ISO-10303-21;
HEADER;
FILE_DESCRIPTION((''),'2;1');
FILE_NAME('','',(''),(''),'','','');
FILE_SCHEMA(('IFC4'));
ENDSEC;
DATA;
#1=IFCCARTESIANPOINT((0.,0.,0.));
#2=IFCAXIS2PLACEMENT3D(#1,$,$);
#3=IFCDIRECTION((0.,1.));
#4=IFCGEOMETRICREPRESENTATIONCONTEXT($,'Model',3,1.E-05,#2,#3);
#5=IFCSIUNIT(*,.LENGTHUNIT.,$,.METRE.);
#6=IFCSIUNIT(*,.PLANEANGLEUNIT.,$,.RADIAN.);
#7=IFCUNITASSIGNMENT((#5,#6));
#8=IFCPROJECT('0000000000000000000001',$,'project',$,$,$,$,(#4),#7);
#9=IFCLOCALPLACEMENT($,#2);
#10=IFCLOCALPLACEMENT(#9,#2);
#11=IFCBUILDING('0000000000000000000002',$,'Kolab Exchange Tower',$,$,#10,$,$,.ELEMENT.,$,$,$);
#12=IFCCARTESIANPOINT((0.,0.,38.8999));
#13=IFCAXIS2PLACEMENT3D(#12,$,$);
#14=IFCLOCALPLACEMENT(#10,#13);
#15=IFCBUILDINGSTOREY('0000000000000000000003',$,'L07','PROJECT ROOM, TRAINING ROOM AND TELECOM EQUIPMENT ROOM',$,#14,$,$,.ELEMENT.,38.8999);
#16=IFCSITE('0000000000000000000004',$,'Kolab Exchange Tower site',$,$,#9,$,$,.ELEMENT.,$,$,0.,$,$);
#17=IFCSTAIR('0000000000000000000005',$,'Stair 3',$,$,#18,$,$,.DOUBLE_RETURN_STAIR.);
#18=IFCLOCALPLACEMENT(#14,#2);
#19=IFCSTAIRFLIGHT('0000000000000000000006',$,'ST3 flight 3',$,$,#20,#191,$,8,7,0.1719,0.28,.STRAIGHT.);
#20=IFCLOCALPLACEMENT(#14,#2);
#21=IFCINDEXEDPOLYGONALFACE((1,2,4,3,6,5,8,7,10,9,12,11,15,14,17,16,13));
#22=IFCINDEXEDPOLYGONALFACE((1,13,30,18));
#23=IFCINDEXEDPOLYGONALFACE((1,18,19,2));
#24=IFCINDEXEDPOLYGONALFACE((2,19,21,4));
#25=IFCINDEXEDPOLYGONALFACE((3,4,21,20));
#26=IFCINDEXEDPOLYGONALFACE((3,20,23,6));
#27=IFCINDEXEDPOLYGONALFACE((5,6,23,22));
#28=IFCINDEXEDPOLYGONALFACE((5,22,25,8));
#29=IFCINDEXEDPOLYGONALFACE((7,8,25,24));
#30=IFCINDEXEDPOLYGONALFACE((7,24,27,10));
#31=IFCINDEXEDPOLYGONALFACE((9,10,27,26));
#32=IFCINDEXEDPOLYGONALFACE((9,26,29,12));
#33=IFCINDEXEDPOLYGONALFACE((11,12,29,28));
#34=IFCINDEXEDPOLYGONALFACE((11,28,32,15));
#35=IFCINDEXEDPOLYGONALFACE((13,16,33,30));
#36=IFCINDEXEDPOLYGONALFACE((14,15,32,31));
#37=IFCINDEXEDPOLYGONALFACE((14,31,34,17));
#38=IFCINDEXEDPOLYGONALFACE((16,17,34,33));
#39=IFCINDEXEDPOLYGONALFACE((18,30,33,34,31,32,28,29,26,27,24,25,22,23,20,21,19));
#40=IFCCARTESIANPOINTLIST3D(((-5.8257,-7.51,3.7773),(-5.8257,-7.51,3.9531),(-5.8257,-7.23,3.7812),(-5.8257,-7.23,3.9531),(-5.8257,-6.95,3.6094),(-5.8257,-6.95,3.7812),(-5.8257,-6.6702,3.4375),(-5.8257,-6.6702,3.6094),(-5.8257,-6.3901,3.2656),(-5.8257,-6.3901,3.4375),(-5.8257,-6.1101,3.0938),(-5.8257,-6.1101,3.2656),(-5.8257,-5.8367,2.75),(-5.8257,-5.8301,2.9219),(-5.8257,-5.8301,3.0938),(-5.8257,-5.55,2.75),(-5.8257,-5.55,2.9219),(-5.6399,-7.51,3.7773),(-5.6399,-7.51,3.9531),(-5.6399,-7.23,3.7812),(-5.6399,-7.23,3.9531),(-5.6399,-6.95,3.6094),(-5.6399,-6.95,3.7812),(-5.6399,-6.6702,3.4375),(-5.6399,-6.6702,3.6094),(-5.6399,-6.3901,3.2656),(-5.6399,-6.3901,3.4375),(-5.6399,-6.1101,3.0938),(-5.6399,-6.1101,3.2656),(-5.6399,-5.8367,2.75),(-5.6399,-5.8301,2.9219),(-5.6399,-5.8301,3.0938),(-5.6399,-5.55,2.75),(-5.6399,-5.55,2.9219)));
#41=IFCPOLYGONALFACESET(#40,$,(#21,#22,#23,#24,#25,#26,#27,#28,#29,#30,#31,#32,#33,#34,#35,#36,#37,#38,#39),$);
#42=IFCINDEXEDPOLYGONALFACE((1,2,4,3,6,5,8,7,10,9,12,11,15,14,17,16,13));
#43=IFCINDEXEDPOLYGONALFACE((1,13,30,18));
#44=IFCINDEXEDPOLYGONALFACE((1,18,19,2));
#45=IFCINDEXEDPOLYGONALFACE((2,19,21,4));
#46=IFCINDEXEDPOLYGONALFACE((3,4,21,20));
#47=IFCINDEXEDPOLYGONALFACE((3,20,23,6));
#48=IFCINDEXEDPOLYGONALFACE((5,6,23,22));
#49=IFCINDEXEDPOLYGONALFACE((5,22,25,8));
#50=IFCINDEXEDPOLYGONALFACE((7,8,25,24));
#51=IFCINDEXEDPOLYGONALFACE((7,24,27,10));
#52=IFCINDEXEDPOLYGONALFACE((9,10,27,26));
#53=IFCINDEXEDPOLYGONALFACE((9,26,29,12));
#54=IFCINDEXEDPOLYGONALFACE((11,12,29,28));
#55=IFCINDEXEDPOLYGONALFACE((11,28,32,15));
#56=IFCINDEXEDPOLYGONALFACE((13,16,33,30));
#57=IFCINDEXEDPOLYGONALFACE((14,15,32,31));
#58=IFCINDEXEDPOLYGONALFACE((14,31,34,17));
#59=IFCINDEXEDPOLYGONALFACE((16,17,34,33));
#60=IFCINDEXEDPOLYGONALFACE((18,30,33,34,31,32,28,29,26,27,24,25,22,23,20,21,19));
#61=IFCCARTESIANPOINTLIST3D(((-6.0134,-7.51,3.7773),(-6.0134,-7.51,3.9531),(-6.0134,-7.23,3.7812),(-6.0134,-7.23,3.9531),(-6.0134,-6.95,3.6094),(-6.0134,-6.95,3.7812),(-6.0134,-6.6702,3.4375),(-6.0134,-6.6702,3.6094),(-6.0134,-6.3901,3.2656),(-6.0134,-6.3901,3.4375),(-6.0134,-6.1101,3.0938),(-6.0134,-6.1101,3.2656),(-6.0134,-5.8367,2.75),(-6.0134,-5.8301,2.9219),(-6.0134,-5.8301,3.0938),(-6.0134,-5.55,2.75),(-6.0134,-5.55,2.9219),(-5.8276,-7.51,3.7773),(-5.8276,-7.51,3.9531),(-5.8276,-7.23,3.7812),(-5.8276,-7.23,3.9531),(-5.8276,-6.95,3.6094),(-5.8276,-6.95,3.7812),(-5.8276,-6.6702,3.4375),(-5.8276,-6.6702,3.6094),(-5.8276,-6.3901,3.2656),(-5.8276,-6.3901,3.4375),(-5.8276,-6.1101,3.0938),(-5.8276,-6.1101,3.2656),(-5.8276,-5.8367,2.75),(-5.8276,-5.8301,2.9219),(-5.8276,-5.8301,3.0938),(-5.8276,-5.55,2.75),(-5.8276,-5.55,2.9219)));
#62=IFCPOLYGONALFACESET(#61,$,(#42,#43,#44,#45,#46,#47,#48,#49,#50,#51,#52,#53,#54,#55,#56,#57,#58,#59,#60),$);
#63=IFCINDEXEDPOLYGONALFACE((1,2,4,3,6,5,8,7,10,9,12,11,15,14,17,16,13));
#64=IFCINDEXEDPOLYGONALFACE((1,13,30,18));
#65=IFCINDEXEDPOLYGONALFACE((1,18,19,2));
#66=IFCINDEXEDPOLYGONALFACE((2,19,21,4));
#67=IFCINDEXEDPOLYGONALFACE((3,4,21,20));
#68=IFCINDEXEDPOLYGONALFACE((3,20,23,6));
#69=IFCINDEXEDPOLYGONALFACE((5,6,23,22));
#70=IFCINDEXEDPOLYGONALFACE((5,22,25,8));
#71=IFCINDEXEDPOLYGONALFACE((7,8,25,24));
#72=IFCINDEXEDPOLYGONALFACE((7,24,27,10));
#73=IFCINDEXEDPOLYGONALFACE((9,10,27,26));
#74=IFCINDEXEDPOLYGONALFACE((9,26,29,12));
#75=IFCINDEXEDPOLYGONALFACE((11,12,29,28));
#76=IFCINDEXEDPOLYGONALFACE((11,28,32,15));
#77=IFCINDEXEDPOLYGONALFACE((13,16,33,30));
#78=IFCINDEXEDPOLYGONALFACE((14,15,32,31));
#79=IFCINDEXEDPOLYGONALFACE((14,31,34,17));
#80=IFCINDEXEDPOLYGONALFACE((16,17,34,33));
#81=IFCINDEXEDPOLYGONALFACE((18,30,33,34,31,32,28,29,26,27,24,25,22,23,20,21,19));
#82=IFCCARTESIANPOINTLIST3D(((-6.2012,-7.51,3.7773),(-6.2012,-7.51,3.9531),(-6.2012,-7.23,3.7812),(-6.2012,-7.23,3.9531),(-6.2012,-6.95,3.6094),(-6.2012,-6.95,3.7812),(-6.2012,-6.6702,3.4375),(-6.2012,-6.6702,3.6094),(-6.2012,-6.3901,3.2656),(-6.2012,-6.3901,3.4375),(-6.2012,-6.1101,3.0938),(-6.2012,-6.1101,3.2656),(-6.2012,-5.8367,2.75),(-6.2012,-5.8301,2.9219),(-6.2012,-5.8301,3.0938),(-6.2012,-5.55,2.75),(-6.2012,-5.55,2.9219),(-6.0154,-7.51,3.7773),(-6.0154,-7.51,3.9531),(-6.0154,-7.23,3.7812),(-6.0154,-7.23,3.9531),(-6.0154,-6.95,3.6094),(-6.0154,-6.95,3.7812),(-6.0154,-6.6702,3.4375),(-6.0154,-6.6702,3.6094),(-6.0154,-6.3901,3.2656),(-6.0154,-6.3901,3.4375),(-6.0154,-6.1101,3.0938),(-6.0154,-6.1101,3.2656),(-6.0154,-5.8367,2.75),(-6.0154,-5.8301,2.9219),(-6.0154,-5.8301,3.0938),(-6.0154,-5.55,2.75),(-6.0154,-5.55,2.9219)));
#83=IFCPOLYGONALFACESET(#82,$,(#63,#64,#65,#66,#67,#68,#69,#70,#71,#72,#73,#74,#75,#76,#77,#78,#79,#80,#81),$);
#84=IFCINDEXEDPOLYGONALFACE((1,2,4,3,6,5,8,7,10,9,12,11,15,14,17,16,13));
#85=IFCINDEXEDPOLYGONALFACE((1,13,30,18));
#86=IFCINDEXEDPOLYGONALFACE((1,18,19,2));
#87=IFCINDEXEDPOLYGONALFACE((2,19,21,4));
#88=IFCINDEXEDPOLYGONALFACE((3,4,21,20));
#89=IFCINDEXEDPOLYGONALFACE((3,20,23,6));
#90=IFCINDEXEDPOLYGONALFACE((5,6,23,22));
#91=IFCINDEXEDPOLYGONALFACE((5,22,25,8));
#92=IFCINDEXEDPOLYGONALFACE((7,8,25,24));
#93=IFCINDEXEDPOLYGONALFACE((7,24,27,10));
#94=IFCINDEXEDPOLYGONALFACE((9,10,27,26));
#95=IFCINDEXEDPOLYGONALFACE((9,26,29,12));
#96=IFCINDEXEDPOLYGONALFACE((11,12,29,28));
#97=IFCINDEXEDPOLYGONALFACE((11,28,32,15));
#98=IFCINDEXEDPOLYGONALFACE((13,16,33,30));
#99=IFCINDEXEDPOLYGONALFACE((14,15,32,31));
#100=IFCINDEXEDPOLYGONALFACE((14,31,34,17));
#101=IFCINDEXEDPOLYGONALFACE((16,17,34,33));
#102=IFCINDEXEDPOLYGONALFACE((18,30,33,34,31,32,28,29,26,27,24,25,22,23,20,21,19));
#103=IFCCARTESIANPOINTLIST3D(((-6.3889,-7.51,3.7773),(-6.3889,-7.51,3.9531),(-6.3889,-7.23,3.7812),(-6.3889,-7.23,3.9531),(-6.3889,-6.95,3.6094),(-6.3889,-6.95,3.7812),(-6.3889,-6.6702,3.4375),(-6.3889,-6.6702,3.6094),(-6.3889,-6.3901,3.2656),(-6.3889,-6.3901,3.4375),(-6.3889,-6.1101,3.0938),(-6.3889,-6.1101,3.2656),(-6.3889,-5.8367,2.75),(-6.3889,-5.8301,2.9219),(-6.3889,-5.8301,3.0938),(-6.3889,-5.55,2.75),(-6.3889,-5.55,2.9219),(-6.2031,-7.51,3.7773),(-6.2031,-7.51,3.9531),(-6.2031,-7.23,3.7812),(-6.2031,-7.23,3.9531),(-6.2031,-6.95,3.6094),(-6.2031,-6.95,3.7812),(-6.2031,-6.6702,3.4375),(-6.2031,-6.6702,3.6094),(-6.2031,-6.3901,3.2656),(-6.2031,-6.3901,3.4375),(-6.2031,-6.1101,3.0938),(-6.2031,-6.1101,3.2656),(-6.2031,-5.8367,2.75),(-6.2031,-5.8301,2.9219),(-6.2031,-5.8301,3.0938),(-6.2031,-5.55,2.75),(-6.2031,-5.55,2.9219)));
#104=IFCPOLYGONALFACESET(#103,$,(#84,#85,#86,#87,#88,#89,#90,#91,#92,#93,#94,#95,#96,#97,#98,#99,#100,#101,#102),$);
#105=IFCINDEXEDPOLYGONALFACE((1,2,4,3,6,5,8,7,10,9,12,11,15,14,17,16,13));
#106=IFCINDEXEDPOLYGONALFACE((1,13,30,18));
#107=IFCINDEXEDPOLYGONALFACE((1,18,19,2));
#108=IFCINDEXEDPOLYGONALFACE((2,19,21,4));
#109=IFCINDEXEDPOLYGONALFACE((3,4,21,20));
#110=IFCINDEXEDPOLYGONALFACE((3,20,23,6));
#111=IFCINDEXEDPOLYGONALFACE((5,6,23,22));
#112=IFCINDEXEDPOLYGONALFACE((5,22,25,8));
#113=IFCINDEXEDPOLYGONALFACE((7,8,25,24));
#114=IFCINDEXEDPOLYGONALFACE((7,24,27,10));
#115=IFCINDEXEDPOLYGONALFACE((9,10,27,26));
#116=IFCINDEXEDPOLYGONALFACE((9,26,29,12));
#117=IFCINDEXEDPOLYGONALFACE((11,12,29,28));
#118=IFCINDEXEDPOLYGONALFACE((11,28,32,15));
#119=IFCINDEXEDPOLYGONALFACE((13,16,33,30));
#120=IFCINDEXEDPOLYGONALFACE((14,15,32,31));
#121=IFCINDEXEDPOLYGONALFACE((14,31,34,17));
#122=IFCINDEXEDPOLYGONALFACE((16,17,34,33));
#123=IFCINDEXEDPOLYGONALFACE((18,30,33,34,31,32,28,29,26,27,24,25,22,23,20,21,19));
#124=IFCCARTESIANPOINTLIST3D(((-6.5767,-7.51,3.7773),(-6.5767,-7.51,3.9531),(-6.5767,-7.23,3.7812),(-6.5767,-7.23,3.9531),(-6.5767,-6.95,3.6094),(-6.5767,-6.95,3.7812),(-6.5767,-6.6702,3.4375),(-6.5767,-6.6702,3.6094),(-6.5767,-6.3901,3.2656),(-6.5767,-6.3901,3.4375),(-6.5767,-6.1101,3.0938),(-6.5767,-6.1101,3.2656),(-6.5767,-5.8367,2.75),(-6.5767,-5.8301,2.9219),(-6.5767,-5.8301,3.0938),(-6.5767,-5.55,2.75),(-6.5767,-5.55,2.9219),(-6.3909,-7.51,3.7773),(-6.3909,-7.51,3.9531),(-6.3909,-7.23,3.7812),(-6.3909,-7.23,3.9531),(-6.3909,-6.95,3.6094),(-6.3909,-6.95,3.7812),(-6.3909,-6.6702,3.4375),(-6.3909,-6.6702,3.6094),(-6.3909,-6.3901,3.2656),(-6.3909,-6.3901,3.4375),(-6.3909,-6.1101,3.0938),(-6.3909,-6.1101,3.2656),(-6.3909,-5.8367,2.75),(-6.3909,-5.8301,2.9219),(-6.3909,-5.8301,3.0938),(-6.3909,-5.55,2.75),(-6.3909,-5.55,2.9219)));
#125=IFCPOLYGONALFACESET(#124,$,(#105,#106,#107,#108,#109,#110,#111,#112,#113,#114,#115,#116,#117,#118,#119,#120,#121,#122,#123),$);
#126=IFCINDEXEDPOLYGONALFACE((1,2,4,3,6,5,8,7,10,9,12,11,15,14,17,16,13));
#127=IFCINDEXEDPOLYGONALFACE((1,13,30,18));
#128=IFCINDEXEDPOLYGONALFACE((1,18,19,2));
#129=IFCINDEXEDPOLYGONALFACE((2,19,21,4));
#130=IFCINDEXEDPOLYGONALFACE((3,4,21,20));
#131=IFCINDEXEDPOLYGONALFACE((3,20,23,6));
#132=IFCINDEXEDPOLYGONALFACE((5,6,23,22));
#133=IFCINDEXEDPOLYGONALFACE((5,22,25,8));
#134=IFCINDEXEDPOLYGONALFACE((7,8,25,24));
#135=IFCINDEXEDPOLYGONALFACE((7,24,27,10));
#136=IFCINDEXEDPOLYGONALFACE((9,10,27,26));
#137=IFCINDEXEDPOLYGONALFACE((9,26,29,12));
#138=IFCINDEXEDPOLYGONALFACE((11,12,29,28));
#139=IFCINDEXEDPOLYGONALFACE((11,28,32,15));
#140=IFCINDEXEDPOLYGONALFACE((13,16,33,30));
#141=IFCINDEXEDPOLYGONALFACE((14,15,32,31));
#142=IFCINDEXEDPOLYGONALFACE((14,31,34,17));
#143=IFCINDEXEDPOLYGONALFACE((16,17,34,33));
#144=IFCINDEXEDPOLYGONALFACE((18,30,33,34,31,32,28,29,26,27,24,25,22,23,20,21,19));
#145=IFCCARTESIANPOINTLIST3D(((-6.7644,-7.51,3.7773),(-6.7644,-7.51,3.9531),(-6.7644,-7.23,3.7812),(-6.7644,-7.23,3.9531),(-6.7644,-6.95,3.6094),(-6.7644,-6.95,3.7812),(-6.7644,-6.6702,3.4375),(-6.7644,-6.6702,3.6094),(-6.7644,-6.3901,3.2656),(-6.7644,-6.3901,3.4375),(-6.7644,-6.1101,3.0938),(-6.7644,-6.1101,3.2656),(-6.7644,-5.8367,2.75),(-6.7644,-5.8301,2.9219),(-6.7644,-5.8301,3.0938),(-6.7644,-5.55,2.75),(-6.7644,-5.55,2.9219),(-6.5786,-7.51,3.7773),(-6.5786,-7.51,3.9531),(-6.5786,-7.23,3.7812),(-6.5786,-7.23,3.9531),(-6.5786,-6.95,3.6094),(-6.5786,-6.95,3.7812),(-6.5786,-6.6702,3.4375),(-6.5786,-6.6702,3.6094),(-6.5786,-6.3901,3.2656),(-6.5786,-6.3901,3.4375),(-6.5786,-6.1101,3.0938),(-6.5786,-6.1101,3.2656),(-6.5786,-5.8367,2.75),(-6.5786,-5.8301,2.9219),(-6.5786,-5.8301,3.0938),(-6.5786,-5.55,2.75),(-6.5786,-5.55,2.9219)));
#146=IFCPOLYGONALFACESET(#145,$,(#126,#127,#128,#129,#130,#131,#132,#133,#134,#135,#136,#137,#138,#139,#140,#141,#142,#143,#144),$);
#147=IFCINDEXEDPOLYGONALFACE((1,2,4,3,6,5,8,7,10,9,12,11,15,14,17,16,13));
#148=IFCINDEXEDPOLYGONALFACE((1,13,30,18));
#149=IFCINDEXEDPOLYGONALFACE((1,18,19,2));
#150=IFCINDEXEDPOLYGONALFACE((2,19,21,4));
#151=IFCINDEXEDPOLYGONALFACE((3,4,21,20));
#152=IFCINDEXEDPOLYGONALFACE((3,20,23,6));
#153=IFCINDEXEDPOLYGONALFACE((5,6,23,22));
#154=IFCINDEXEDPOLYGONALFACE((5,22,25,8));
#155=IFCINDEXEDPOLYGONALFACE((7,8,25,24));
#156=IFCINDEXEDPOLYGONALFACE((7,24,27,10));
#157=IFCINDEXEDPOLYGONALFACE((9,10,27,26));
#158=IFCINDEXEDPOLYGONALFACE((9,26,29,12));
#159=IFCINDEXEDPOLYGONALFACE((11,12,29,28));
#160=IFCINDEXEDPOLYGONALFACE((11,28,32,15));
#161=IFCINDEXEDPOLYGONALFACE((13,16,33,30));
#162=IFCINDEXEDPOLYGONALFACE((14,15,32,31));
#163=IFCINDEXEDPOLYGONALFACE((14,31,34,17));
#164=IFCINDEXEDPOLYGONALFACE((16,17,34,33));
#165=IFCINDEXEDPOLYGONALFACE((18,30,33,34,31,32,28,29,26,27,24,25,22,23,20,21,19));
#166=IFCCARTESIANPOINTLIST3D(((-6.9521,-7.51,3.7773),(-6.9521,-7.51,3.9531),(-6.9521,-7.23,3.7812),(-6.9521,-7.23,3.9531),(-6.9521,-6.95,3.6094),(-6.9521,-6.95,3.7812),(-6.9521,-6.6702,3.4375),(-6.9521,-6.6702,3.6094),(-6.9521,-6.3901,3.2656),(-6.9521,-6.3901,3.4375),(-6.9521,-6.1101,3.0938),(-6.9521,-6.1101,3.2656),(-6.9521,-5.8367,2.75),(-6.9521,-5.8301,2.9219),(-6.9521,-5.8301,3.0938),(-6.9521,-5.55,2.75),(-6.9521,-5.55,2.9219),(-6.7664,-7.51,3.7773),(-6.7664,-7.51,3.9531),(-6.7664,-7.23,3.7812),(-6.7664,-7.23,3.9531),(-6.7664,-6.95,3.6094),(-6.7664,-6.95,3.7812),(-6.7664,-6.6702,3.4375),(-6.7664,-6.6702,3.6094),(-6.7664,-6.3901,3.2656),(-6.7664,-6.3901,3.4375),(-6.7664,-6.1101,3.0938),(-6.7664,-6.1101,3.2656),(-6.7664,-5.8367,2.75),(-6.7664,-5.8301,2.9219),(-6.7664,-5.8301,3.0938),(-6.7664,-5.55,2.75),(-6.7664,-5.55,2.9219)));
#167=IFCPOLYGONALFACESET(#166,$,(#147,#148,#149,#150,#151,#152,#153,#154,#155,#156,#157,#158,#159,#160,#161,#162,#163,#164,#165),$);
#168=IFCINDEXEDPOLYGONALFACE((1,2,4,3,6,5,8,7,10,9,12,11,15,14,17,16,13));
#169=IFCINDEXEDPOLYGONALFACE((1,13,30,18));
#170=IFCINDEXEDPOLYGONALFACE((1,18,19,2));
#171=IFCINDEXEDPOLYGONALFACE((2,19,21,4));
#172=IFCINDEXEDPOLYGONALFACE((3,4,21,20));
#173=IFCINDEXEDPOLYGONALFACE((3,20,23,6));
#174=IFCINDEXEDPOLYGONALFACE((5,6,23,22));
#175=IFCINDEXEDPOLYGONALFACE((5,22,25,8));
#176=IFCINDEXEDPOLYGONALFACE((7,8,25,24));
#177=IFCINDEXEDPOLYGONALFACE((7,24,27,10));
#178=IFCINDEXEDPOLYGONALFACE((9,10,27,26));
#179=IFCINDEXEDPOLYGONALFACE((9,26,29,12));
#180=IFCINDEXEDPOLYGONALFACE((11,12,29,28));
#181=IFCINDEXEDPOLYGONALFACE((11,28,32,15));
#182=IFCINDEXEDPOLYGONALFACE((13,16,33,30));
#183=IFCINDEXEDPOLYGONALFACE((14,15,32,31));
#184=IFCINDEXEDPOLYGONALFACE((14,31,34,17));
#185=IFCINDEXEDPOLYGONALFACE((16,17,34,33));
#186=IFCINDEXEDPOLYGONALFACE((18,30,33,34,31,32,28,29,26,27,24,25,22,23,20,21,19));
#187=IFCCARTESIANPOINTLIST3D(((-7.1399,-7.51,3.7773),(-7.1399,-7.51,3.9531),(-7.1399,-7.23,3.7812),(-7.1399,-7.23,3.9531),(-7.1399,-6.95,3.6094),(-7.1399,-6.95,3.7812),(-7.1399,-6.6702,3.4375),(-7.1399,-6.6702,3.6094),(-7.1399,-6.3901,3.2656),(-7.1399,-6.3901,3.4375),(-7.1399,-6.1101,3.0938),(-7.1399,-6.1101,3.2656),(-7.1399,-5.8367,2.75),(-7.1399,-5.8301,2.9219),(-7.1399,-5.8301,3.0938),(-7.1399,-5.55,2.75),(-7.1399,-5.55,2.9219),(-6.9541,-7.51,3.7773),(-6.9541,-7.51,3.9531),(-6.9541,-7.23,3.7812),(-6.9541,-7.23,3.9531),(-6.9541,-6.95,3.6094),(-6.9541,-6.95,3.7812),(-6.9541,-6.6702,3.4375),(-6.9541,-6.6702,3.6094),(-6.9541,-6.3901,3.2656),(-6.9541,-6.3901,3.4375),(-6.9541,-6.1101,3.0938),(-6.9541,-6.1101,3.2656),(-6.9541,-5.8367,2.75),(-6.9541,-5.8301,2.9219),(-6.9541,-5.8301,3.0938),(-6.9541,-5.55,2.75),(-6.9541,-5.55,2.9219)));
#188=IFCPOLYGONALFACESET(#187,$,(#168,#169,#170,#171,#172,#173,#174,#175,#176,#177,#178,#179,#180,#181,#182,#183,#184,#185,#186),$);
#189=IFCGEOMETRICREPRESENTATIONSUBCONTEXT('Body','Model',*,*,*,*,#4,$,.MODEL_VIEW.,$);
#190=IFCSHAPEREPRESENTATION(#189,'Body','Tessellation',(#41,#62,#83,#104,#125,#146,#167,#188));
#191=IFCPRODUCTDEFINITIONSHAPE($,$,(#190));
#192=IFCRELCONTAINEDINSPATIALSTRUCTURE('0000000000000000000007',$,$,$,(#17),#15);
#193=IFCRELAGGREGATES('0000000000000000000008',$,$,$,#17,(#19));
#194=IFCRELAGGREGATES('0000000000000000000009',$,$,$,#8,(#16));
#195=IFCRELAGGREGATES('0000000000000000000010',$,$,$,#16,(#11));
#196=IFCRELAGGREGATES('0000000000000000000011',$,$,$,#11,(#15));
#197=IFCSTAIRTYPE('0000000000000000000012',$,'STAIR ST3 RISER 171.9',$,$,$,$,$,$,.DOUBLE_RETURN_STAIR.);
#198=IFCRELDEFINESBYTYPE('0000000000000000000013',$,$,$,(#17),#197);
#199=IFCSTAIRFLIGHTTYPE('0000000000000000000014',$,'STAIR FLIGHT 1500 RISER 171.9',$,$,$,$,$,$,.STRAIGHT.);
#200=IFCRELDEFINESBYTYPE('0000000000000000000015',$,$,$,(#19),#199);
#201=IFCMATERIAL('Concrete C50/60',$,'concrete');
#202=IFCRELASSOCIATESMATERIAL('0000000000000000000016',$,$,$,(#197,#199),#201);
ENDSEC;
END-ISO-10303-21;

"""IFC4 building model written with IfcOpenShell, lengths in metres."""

from ifc_helpers import new_model, si_unit, direction, frame, origin, place, context, subcontext, project, spatial, polyline, outline, extrude, material, type_object, element, aggregate, save


model = new_model("IFC4")

# Units and contexts
model_context = context("Model", 3, precision=1e-05, world=origin(), true_north=direction((0.0, 1.0)))
body_context = subcontext(model_context, "Body", "Model", "MODEL_VIEW")
ifc_project = project(units=[si_unit("LENGTHUNIT", "METRE"), si_unit("PLANEANGLEUNIT", "RADIAN")], contexts=[model_context])

# Site, building, storey
site_placement = place(None, origin())
site = spatial("IfcSite", under=ifc_project, at=site_placement, Name="Kolab Exchange Tower site", CompositionType="ELEMENT", RefElevation=0.0)
building_placement = place(site_placement, origin())
building = spatial("IfcBuilding", under=site, at=building_placement, Name="Kolab Exchange Tower", CompositionType="ELEMENT")
storey_placement = place(building_placement, frame((0.0, 0.0, 38.8999)))
storey = spatial("IfcBuildingStorey", under=building, at=storey_placement, Name="L07", Description="PROJECT ROOM, TRAINING ROOM AND TELECOM EQUIPMENT ROOM", CompositionType="ELEMENT", Elevation=38.8999)

# Shared definitions
ifc_material_1 = material(Name="Concrete C50/60", Category="concrete")

# Stair, stair flight
stair_type = type_object("IfcStairType", Name="STAIR ST3 RISER 171.9", PredefinedType="DOUBLE_RETURN_STAIR", material=ifc_material_1)
stair_placement = place(storey_placement, origin())
stair = element("IfcStair", 1, at=stair_placement, inside=storey, type_object=stair_type, Name="Stair 3", PredefinedType="DOUBLE_RETURN_STAIR")
stair_flight_type = type_object("IfcStairFlightType", Name="STAIR FLIGHT 1500 RISER 171.9", PredefinedType="STRAIGHT", material=ifc_material_1)
stair_flight_1_placement = place(storey_placement, frame((-6.3899, -5.55, 2.75), z_axis=(0.0, 0.0, 1.0), x_axis=(0.0, -1.0, 0.0)))
stair_flight_1 = element("IfcStairFlight", 2, at=stair_flight_1_placement, type_object=stair_flight_type, Name="ST3 flight 3", NumberOfRisers=8, NumberOfTreads=7, PredefinedType="STRAIGHT", RiserHeight=0.1719, TreadLength=0.28, context=body_context, shape_type="SweptSolid", body=[
    extrude(outline(polyline([(0.0, 0.0), (0.0, 0.1719), (0.28, 0.1719), (0.28, 0.3438), (0.5601, 0.3438), (0.5601, 0.5156), (0.8401, 0.5156), (0.8401, 0.6875), (1.1201, 0.6875), (1.1201, 0.8594), (1.3999, 0.8594), (1.3999, 1.0312), (1.6799, 1.0312), (1.6799, 1.2031), (1.96, 1.2031), (1.96, 1.375), (1.96, 1.0273), (0.2866, 0.0), (0.0, 0.0)])), frame((0.0, 0.75, 0.0), z_axis=(0.0, -1.0, 0.0), x_axis=(1.0, 0.0, 0.0)), (0.0, 0.0, 1.0), 0.1858),
    extrude(outline(polyline([(0.0, 0.0), (0.0, 0.1719), (0.28, 0.1719), (0.28, 0.3438), (0.5601, 0.3438), (0.5601, 0.5156), (0.8401, 0.5156), (0.8401, 0.6875), (1.1201, 0.6875), (1.1201, 0.8594), (1.3999, 0.8594), (1.3999, 1.0312), (1.6799, 1.0312), (1.6799, 1.2031), (1.96, 1.2031), (1.96, 1.375), (1.96, 1.0273), (0.2866, 0.0), (0.0, 0.0)])), frame((0.0, 0.5623, 0.0), z_axis=(0.0, -1.0, 0.0), x_axis=(1.0, 0.0, 0.0)), (0.0, 0.0, 1.0), 0.1858),
    extrude(outline(polyline([(0.0, 0.0), (0.0, 0.1719), (0.28, 0.1719), (0.28, 0.3438), (0.5601, 0.3438), (0.5601, 0.5156), (0.8401, 0.5156), (0.8401, 0.6875), (1.1201, 0.6875), (1.1201, 0.8594), (1.3999, 0.8594), (1.3999, 1.0312), (1.6799, 1.0312), (1.6799, 1.2031), (1.96, 1.2031), (1.96, 1.375), (1.96, 1.0273), (0.2866, 0.0), (0.0, 0.0)])), frame((0.0, 0.3745, 0.0), z_axis=(0.0, -1.0, 0.0), x_axis=(1.0, 0.0, 0.0)), (0.0, 0.0, 1.0), 0.1858),
    extrude(outline(polyline([(0.0, 0.0), (0.0, 0.1719), (0.28, 0.1719), (0.28, 0.3438), (0.5601, 0.3438), (0.5601, 0.5156), (0.8401, 0.5156), (0.8401, 0.6875), (1.1201, 0.6875), (1.1201, 0.8594), (1.3999, 0.8594), (1.3999, 1.0312), (1.6799, 1.0312), (1.6799, 1.2031), (1.96, 1.2031), (1.96, 1.375), (1.96, 1.0273), (0.2866, 0.0), (0.0, 0.0)])), frame((0.0, 0.1868, 0.0), z_axis=(0.0, -1.0, 0.0), x_axis=(1.0, 0.0, 0.0)), (0.0, 0.0, 1.0), 0.1858),
    extrude(outline(polyline([(0.0, 0.0), (0.0, 0.1719), (0.28, 0.1719), (0.28, 0.3438), (0.5601, 0.3438), (0.5601, 0.5156), (0.8401, 0.5156), (0.8401, 0.6875), (1.1201, 0.6875), (1.1201, 0.8594), (1.3999, 0.8594), (1.3999, 1.0312), (1.6799, 1.0312), (1.6799, 1.2031), (1.96, 1.2031), (1.96, 1.375), (1.96, 1.0273), (0.2866, 0.0), (0.0, 0.0)])), frame((0.0, -0.001, 0.0), z_axis=(0.0, -1.0, 0.0), x_axis=(1.0, 0.0, 0.0)), (0.0, 0.0, 1.0), 0.1858),
    extrude(outline(polyline([(0.0, 0.0), (0.0, 0.1719), (0.28, 0.1719), (0.28, 0.3438), (0.5601, 0.3438), (0.5601, 0.5156), (0.8401, 0.5156), (0.8401, 0.6875), (1.1201, 0.6875), (1.1201, 0.8594), (1.3999, 0.8594), (1.3999, 1.0312), (1.6799, 1.0312), (1.6799, 1.2031), (1.96, 1.2031), (1.96, 1.375), (1.96, 1.0273), (0.2866, 0.0), (0.0, 0.0)])), frame((0.0, -0.1887, 0.0), z_axis=(0.0, -1.0, 0.0), x_axis=(1.0, 0.0, 0.0)), (0.0, 0.0, 1.0), 0.1858),
    extrude(outline(polyline([(0.0, 0.0), (0.0, 0.1719), (0.28, 0.1719), (0.28, 0.3438), (0.5601, 0.3438), (0.5601, 0.5156), (0.8401, 0.5156), (0.8401, 0.6875), (1.1201, 0.6875), (1.1201, 0.8594), (1.3999, 0.8594), (1.3999, 1.0312), (1.6799, 1.0312), (1.6799, 1.2031), (1.96, 1.2031), (1.96, 1.375), (1.96, 1.0273), (0.2866, 0.0), (0.0, 0.0)])), frame((0.0, -0.3765, 0.0), z_axis=(0.0, -1.0, 0.0), x_axis=(1.0, 0.0, 0.0)), (0.0, 0.0, 1.0), 0.1858),
    extrude(outline(polyline([(0.0, 0.0), (0.0, 0.1719), (0.28, 0.1719), (0.28, 0.3438), (0.5601, 0.3438), (0.5601, 0.5156), (0.8401, 0.5156), (0.8401, 0.6875), (1.1201, 0.6875), (1.1201, 0.8594), (1.3999, 0.8594), (1.3999, 1.0312), (1.6799, 1.0312), (1.6799, 1.2031), (1.96, 1.2031), (1.96, 1.375), (1.96, 1.0273), (0.2866, 0.0), (0.0, 0.0)])), frame((0.0, -0.5642, 0.0), z_axis=(0.0, -1.0, 0.0), x_axis=(1.0, 0.0, 0.0)), (0.0, 0.0, 1.0), 0.1858),
])
aggregate(stair, [stair_flight_1])

save(model, "model.ifc")
